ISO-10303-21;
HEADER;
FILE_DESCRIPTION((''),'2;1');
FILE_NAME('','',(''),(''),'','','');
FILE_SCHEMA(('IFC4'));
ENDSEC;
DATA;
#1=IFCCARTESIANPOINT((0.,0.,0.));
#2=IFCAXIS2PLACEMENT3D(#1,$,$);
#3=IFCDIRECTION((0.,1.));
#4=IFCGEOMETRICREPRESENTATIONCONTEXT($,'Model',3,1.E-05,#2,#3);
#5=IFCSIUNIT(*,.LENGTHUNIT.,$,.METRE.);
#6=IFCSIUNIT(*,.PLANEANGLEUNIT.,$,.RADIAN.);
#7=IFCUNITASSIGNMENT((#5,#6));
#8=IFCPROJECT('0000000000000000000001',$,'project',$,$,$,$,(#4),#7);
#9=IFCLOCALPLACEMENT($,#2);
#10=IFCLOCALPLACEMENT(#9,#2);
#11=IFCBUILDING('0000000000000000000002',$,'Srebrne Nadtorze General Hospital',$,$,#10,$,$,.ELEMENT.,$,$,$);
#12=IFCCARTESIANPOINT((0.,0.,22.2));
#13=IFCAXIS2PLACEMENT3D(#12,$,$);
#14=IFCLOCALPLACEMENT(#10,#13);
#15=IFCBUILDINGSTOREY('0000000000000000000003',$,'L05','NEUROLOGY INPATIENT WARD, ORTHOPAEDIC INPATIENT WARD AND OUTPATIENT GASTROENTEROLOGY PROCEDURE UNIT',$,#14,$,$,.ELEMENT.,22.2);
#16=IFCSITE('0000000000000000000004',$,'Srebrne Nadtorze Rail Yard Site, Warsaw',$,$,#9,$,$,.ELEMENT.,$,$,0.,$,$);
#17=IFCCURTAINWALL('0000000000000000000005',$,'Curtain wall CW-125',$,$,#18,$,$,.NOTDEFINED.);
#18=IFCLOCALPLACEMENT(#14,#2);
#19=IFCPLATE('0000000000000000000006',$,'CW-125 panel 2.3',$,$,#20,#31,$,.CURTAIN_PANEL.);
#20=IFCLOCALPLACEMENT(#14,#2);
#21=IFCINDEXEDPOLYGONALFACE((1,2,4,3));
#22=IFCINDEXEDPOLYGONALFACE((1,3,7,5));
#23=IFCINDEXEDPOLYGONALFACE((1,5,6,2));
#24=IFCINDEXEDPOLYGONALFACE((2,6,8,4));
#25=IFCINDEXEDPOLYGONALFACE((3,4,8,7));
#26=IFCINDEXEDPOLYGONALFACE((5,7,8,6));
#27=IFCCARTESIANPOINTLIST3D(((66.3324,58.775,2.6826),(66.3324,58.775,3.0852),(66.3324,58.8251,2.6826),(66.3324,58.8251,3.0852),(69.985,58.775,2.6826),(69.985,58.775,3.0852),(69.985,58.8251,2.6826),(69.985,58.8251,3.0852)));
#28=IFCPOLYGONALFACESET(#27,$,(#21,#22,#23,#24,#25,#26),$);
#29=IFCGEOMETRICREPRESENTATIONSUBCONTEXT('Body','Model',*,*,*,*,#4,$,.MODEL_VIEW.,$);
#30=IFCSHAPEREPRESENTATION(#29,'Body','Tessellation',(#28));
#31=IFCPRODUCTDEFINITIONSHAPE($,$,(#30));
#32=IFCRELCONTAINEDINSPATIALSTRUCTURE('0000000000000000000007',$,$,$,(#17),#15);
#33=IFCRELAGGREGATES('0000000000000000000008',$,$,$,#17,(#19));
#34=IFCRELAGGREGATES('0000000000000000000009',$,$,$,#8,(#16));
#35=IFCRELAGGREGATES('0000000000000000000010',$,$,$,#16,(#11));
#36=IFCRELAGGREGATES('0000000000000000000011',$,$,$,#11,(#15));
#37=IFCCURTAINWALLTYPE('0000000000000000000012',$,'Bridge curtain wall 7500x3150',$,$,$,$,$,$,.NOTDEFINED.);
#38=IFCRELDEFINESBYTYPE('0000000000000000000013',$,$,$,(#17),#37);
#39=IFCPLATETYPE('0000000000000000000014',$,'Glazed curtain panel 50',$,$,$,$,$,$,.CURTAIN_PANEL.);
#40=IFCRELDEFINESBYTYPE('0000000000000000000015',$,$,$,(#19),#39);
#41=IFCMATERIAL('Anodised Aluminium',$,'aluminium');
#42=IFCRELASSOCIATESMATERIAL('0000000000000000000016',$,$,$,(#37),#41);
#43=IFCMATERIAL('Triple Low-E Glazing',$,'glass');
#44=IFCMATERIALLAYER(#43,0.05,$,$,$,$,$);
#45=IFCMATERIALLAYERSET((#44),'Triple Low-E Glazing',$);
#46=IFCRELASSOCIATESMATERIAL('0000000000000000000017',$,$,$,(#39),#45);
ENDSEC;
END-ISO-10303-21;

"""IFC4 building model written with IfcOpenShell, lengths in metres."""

from ifc_helpers import new_model, si_unit, direction, frame, origin, origin_2d, place, context, subcontext, project, spatial, rectangle, extrude, material, layer, layer_set, type_object, element, aggregate, save


model = new_model("IFC4")

# Units and contexts
model_context = context("Model", 3, precision=1e-05, world=origin(), true_north=direction((0.0, 1.0)))
body_context = subcontext(model_context, "Body", "Model", "MODEL_VIEW")
ifc_project = project(units=[si_unit("LENGTHUNIT", "METRE"), si_unit("PLANEANGLEUNIT", "RADIAN")], contexts=[model_context])

# Site, building, storey
site_placement = place(None, origin())
site = spatial("IfcSite", under=ifc_project, at=site_placement, Name="Srebrne Nadtorze Rail Yard Site, Warsaw", CompositionType="ELEMENT", RefElevation=0.0)
building_placement = place(site_placement, origin())
building = spatial("IfcBuilding", under=site, at=building_placement, Name="Srebrne Nadtorze General Hospital", CompositionType="ELEMENT")
storey_placement = place(building_placement, frame((0.0, 0.0, 22.2)))
storey = spatial("IfcBuildingStorey", under=building, at=storey_placement, Name="L05", Description="NEUROLOGY INPATIENT WARD, ORTHOPAEDIC INPATIENT WARD AND OUTPATIENT GASTROENTEROLOGY PROCEDURE UNIT", CompositionType="ELEMENT", Elevation=22.2)

# Curtain wall, plate
ifc_material_1 = material(Name="Anodised Aluminium", Category="aluminium")
curtain_wall_type_1 = type_object("IfcCurtainWallType", Name="Bridge curtain wall 7500x3150", PredefinedType="NOTDEFINED", material=ifc_material_1)
curtain_wall_1_placement = place(storey_placement, origin())
curtain_wall_1 = element("IfcCurtainWall", 1, at=curtain_wall_1_placement, inside=storey, type_object=curtain_wall_type_1, Name="Curtain wall CW-125", PredefinedType="NOTDEFINED")
ifc_material_2 = material(Name="Triple Low-E Glazing", Category="glass")
ifc_layer = layer(ifc_material_2, 0.05)
ifc_layer_set = layer_set([ifc_layer], Name="Triple Low-E Glazing")
plate_type = type_object("IfcPlateType", Name="Glazed curtain panel 50", PredefinedType="CURTAIN_PANEL", material=ifc_layer_set)
plate_1_placement = place(storey_placement, frame((68.1587, 58.8, 2.6826), z_axis=(0.0, 0.0, 1.0), x_axis=(1.0, 0.0, 0.0)))
plate_1 = element("IfcPlate", 2, at=plate_1_placement, type_object=plate_type, Name="CW-125 panel 2.3", PredefinedType="CURTAIN_PANEL", context=body_context, shape_type="SweptSolid", body=[
    extrude(rectangle(XDim=3.6526, YDim=0.05, at=origin_2d()), origin(), (0.0, 0.0, 1.0), 0.4026),
])
aggregate(curtain_wall_1, [plate_1])

save(model, "model.ifc")
